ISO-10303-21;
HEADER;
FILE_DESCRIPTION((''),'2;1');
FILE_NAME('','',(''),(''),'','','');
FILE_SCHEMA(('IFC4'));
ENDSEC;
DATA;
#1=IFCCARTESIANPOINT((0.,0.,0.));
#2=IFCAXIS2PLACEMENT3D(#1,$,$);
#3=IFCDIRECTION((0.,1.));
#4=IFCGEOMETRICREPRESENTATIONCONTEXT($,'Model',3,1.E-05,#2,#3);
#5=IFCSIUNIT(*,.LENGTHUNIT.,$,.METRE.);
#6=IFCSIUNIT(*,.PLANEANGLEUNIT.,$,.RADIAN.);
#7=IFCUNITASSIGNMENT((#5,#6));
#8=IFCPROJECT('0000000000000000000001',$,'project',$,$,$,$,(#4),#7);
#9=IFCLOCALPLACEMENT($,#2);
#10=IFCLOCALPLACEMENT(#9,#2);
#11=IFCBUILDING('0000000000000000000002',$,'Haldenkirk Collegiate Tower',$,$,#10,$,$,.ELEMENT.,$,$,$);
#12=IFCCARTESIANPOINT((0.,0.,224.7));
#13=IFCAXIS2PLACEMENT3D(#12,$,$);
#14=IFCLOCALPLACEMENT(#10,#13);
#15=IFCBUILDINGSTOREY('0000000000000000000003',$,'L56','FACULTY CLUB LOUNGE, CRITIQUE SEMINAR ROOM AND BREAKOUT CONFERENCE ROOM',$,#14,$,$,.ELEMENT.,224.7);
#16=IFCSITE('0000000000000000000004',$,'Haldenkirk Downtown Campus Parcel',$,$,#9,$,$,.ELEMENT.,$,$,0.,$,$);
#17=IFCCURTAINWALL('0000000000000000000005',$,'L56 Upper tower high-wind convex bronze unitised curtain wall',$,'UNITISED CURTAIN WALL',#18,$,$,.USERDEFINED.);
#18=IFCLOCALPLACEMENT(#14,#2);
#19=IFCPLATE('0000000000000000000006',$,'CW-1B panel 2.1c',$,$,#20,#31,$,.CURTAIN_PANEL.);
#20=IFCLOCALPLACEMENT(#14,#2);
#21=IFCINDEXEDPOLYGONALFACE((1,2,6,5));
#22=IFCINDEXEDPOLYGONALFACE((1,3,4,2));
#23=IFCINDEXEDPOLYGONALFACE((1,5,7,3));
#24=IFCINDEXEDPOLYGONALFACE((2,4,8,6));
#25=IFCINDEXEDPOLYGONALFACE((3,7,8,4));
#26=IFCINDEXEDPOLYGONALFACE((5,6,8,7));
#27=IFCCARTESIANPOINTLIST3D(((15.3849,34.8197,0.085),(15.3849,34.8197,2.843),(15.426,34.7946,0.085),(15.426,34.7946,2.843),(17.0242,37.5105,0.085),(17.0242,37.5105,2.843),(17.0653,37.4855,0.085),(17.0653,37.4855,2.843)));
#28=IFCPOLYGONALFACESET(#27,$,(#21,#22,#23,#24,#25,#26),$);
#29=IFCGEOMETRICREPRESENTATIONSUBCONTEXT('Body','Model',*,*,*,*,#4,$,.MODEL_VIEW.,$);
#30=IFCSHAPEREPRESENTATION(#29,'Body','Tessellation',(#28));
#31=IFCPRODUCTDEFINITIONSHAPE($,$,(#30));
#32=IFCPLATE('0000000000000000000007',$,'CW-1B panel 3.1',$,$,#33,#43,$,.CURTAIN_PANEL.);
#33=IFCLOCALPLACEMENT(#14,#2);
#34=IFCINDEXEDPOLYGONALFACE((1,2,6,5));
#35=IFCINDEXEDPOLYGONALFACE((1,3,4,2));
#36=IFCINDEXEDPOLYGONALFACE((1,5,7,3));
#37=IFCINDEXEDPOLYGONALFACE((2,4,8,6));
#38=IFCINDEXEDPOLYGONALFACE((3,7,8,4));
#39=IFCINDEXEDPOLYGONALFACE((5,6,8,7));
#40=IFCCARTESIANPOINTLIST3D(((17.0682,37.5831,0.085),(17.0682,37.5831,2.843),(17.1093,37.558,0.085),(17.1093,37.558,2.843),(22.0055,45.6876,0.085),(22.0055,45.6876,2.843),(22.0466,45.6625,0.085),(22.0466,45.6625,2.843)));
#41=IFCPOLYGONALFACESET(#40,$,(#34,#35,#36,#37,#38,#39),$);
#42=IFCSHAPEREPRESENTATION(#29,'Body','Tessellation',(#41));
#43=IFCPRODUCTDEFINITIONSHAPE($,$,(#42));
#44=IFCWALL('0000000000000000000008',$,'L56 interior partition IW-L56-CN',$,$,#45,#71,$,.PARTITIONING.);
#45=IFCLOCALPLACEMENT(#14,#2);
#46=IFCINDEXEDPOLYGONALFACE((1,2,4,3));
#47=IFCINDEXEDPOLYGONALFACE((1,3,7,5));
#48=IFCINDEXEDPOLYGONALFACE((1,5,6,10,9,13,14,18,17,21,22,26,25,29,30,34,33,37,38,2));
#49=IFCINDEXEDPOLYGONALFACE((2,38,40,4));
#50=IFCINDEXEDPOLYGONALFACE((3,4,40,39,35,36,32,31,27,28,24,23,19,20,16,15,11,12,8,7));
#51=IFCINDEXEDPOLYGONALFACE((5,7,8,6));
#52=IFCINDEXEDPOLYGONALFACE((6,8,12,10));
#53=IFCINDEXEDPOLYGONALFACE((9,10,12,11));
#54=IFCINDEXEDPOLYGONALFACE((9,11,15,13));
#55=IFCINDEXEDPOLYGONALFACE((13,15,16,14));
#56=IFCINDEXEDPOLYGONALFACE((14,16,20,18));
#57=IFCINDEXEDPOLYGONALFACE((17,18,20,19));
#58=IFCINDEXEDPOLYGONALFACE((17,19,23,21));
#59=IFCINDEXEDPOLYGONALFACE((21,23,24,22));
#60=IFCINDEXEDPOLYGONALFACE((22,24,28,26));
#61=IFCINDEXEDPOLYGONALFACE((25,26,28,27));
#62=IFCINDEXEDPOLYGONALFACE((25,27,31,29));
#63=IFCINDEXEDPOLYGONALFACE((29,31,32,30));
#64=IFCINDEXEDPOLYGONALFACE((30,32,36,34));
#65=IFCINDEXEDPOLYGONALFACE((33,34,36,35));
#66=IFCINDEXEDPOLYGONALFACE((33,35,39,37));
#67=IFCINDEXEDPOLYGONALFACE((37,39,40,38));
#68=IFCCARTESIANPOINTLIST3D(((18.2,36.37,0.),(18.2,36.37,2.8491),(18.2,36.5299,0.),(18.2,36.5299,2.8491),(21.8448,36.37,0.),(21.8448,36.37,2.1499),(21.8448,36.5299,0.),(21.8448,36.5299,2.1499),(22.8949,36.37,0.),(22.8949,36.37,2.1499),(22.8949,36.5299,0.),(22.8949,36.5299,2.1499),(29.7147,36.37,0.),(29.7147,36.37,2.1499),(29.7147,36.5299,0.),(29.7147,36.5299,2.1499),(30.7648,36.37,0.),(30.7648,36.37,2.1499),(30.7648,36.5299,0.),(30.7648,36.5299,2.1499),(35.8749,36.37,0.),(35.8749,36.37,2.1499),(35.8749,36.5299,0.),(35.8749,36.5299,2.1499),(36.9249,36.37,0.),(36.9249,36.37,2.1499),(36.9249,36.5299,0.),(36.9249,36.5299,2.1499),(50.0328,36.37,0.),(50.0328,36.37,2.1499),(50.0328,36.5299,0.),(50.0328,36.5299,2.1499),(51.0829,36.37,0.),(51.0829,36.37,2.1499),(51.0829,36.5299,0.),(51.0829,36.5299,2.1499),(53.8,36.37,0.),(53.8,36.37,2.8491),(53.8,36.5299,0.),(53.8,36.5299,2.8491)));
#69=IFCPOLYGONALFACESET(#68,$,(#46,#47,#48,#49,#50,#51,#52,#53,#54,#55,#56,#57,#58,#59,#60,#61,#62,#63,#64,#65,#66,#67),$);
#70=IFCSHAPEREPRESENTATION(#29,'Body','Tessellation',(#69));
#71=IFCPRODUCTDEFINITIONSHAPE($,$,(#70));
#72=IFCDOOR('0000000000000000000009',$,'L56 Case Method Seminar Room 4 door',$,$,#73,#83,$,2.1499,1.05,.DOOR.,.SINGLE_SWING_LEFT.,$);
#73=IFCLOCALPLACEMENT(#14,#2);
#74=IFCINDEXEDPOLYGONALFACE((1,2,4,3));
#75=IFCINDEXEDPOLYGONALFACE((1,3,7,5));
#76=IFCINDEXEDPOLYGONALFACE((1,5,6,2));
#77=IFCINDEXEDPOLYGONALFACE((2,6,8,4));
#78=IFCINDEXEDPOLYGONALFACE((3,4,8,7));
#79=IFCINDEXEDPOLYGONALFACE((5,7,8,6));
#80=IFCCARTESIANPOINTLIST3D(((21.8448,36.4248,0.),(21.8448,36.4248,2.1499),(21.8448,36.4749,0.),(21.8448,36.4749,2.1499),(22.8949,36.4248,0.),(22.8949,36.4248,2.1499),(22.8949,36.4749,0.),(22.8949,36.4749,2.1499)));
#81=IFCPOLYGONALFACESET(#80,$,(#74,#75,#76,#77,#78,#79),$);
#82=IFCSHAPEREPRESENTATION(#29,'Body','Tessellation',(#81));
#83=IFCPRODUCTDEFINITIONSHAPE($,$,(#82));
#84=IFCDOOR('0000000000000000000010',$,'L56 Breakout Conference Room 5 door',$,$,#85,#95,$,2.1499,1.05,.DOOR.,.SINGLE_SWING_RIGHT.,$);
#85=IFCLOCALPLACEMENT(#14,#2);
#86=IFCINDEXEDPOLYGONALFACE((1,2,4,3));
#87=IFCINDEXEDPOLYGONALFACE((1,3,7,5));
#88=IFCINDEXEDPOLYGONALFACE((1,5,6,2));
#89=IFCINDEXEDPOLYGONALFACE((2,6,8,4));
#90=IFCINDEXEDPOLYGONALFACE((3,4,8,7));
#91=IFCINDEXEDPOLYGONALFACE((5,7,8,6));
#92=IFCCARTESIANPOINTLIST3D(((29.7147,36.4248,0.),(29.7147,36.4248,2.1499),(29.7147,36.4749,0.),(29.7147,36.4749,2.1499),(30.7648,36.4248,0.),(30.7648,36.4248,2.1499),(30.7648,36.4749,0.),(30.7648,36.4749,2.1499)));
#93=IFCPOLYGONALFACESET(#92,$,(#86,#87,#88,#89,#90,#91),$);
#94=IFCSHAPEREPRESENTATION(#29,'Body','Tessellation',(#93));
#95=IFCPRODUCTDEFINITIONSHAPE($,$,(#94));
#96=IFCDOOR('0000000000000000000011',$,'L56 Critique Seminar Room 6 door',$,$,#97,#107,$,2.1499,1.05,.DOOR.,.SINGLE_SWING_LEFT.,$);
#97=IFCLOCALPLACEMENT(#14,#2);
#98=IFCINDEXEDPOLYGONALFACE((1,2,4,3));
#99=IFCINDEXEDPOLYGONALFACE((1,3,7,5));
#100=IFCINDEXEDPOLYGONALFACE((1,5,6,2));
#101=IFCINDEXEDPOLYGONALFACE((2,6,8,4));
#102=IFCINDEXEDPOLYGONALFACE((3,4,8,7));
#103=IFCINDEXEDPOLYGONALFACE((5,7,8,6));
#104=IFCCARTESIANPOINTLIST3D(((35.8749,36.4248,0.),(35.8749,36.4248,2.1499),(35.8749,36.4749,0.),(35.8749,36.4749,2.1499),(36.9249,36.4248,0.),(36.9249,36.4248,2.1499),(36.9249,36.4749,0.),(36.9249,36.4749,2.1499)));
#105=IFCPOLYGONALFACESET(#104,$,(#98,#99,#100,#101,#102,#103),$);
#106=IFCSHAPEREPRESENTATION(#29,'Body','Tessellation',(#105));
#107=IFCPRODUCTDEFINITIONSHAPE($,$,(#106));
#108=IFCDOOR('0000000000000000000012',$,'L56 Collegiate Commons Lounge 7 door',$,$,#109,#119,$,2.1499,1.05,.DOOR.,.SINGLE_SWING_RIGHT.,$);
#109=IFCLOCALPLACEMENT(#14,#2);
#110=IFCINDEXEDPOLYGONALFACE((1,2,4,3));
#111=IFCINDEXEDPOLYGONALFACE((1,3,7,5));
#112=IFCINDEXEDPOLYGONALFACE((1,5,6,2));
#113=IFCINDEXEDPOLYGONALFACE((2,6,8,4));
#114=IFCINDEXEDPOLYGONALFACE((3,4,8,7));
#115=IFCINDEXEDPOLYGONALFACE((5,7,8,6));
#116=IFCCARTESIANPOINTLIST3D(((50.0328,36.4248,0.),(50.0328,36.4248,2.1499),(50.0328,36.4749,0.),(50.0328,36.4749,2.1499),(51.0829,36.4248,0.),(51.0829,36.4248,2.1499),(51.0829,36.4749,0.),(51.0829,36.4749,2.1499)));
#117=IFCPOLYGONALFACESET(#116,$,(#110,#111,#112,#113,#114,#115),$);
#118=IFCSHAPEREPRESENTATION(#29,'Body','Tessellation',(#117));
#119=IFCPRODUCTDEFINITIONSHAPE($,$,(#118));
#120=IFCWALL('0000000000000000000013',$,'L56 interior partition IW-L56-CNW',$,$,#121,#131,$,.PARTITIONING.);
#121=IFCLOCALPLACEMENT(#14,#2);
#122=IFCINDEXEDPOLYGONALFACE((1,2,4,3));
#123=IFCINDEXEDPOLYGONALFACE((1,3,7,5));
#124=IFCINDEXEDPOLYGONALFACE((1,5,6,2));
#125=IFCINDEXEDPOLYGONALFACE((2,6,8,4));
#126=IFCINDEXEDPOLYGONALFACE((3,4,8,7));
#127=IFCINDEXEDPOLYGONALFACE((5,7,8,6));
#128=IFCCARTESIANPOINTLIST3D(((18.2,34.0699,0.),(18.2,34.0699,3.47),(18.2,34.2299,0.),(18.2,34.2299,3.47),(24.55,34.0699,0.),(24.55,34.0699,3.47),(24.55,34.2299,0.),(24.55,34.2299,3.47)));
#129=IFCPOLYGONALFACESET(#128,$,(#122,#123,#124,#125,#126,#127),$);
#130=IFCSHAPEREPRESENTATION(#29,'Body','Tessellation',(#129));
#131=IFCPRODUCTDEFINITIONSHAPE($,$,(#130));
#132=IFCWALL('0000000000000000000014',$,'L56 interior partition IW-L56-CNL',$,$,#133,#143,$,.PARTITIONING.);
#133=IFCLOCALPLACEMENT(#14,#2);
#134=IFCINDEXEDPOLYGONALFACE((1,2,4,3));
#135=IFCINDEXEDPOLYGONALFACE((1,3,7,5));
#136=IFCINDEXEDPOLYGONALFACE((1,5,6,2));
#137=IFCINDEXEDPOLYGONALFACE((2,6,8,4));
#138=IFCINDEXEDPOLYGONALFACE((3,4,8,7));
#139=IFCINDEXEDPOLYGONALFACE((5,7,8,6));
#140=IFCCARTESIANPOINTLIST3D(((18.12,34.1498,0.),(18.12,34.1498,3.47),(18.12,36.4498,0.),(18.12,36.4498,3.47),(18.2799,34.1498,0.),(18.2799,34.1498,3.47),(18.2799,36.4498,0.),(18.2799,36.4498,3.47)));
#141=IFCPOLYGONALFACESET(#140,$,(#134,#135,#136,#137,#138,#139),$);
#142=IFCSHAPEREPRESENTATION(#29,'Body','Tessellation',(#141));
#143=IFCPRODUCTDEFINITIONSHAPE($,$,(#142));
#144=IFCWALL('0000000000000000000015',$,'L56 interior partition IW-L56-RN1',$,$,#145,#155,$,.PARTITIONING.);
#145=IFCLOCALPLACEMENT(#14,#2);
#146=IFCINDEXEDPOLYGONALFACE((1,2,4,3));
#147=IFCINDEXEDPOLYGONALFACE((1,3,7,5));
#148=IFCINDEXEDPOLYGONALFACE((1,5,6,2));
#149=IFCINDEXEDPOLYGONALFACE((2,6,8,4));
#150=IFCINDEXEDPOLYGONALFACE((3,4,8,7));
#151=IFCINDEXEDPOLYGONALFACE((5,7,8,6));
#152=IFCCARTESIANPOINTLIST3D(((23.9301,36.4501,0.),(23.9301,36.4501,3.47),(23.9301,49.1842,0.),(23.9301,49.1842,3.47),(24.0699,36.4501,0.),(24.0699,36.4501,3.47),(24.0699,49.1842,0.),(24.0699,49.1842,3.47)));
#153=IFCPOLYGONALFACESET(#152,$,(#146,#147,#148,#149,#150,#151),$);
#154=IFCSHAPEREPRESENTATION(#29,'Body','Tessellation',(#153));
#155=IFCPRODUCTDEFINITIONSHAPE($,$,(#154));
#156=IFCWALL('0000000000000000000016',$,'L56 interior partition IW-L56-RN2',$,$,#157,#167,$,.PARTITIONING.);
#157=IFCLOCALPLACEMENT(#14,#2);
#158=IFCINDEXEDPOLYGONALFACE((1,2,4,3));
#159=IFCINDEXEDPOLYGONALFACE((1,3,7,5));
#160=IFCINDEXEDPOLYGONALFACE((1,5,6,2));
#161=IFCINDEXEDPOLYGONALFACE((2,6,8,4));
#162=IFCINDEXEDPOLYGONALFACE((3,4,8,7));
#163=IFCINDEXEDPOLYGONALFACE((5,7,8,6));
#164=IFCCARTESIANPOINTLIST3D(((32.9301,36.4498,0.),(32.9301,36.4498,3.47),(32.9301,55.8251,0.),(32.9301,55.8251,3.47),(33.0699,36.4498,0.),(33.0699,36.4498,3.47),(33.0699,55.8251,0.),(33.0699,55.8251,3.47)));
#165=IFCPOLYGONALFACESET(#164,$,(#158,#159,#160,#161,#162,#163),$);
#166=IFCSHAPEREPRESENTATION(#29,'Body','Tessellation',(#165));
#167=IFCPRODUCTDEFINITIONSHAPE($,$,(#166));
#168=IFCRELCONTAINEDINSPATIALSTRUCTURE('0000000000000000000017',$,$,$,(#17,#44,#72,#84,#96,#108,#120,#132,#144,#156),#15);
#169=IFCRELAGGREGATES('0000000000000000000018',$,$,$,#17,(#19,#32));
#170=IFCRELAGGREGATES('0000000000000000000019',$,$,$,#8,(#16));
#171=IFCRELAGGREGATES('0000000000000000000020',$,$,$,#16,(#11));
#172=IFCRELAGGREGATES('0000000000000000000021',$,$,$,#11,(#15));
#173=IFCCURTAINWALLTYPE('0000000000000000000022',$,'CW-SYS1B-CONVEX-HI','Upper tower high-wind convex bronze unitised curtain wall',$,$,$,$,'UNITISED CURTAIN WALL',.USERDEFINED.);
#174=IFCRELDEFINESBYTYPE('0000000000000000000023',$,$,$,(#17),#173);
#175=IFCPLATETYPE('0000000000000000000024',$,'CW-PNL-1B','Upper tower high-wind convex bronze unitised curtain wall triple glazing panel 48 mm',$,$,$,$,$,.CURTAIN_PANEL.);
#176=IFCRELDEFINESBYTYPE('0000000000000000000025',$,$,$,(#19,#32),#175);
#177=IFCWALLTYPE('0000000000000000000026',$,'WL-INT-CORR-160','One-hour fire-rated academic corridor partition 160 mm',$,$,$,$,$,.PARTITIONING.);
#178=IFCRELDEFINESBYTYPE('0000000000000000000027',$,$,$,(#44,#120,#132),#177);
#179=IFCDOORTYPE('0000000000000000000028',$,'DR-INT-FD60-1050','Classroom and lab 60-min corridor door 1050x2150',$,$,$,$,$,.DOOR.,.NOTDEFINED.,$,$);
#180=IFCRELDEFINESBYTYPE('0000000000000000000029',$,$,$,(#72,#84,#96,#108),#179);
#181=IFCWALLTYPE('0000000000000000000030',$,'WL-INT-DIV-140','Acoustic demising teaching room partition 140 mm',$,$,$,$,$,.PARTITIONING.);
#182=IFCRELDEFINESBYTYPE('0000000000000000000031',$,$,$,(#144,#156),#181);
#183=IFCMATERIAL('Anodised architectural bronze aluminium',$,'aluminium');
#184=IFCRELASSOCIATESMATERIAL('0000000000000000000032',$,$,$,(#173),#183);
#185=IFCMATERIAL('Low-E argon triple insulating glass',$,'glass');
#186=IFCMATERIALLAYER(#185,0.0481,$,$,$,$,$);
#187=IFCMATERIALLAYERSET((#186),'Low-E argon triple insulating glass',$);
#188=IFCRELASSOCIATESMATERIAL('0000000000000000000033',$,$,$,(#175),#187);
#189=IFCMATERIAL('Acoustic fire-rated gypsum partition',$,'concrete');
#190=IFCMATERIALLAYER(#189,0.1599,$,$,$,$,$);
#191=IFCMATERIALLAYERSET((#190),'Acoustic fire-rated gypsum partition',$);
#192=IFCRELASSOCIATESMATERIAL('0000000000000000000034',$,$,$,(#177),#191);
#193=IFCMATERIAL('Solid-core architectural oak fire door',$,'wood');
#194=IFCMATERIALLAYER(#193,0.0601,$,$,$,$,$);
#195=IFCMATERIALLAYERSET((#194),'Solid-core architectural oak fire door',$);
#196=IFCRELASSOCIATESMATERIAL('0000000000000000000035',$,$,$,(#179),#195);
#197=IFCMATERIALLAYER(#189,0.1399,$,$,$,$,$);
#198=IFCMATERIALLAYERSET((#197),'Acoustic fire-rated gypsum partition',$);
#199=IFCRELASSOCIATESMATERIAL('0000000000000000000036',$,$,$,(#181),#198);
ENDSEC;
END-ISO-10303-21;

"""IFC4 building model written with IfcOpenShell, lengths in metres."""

from ifc_helpers import new_model, si_unit, direction, frame, frame_2d, origin, origin_2d, place, context, subcontext, project, spatial, rectangle, extrude, source, transform, mapped, material, layer, layer_set, type_object, element, fill, aggregate, save


model = new_model("IFC4")

# Units and contexts
model_context = context("Model", 3, precision=1e-05, world=origin(), true_north=direction((0.0, 1.0)))
body_context = subcontext(model_context, "Body", "Model", "MODEL_VIEW")
ifc_project = project(units=[si_unit("LENGTHUNIT", "METRE"), si_unit("PLANEANGLEUNIT", "RADIAN")], contexts=[model_context])

# Site, building, storey
site_placement = place(None, origin())
site = spatial("IfcSite", under=ifc_project, at=site_placement, Name="Haldenkirk Downtown Campus Parcel", CompositionType="ELEMENT", RefElevation=0.0)
building_placement = place(site_placement, origin())
building = spatial("IfcBuilding", under=site, at=building_placement, Name="Haldenkirk Collegiate Tower", CompositionType="ELEMENT")
storey_placement = place(building_placement, frame((0.0, 0.0, 224.7)))
storey = spatial("IfcBuildingStorey", under=building, at=storey_placement, Name="L56", Description="FACULTY CLUB LOUNGE, CRITIQUE SEMINAR ROOM AND BREAKOUT CONFERENCE ROOM", CompositionType="ELEMENT", Elevation=224.7)

# Curtain wall, plates
ifc_material_1 = material(Name="Anodised architectural bronze aluminium", Category="aluminium")
curtain_wall_type = type_object("IfcCurtainWallType", Name="CW-SYS1B-CONVEX-HI", Description="Upper tower high-wind convex bronze unitised curtain wall", ElementType="UNITISED CURTAIN WALL", PredefinedType="USERDEFINED", material=ifc_material_1)
curtain_wall_placement = place(storey_placement, origin())
curtain_wall = element("IfcCurtainWall", 1, at=curtain_wall_placement, inside=storey, type_object=curtain_wall_type, Name="L56 Upper tower high-wind convex bronze unitised curtain wall", ObjectType="UNITISED CURTAIN WALL", PredefinedType="USERDEFINED")
ifc_material_2 = material(Name="Low-E argon triple insulating glass", Category="glass")
ifc_layer_1 = layer(ifc_material_2, 0.0481)
ifc_layer_set_1 = layer_set([ifc_layer_1], Name="Low-E argon triple insulating glass")
plate_type = type_object("IfcPlateType", Name="CW-PNL-1B", Description="Upper tower high-wind convex bronze unitised curtain wall triple glazing panel 48 mm", PredefinedType="CURTAIN_PANEL", material=ifc_layer_set_1)
shared_shape_1 = source(origin(), body_context, "Body", "SweptSolid", [
    extrude(rectangle(XDim=3.1509, YDim=0.0481, at=origin_2d()), origin(), (0.0, 0.0, 1.0), 2.7581),
])
plate_1_placement = place(storey_placement, frame((16.2251, 36.1526, 0.085), z_axis=(0.0, 0.0, 1.0), x_axis=(0.520266, 0.854004, 0.0)))
plate_1 = element("IfcPlate", 2, at=plate_1_placement, type_object=plate_type, Name="CW-1B panel 2.1c", PredefinedType="CURTAIN_PANEL", context=body_context, shape_type="MappedRepresentation", body=[
    mapped(shared_shape_1, transform((0.0, 0.0, 0.0), x_axis=(1.0, 0.0, 0.0), y_axis=(0.0, 1.0, 0.0), z_axis=(0.0, 0.0, 1.0), scale=1.0)),
])
shared_shape_2 = source(origin(), body_context, "Body", "SweptSolid", [
    extrude(rectangle(XDim=9.49, YDim=0.0481, at=origin_2d()), origin(), (0.0, 0.0, 1.0), 2.7581),
])
plate_2_placement = place(storey_placement, frame((19.5574, 41.6228, 0.085), z_axis=(0.0, 0.0, 1.0), x_axis=(0.520266, 0.854004, 0.0)))
plate_2 = element("IfcPlate", 3, at=plate_2_placement, type_object=plate_type, Name="CW-1B panel 3.1", PredefinedType="CURTAIN_PANEL", context=body_context, shape_type="MappedRepresentation", body=[
    mapped(shared_shape_2, transform((0.0, 0.0, 0.0), x_axis=(1.0, 0.0, 0.0), y_axis=(0.0, 1.0, 0.0), z_axis=(0.0, 0.0, 1.0), scale=1.0)),
])
aggregate(curtain_wall, [plate_1, plate_2])

# Wall, openings, doors
ifc_material_3 = material(Name="Acoustic fire-rated gypsum partition", Category="concrete")
ifc_layer_2 = layer(ifc_material_3, 0.1599)
ifc_layer_set_2 = layer_set([ifc_layer_2], Name="Acoustic fire-rated gypsum partition")
wall_type_1 = type_object("IfcWallType", Name="WL-INT-CORR-160", Description="One-hour fire-rated academic corridor partition 160 mm", PredefinedType="PARTITIONING", material=ifc_layer_set_2)
wall_1_placement = place(storey_placement, frame((18.2, 36.45, 0.0), z_axis=(0.0, 0.0, 1.0), x_axis=(1.0, 0.0, 0.0)))
wall_1 = element("IfcWall", 4, at=wall_1_placement, inside=storey, type_object=wall_type_1, Name="L56 interior partition IW-L56-CN", PredefinedType="PARTITIONING", context=body_context, shape_type="SweptSolid", body=[
    extrude(rectangle(XDim=35.6001, YDim=0.1599, at=frame_2d((17.8, 0.0))), origin(), (0.0, 0.0, 1.0), 2.8491),
])
opening_1_placement = place(wall_1_placement, frame((3.645, 0.0, 0.0)))
opening_1 = element("IfcOpeningElement", 5, at=opening_1_placement, cuts=wall_1, PredefinedType="OPENING", context=body_context, shape_type="SweptSolid", body=[
    extrude(rectangle(XDim=1.05, YDim=2.1499, at=frame_2d((0.5249, 1.075))), frame((0.0, 0.0898, 0.0), z_axis=(0.0, -1.0, 0.0), x_axis=(1.0, 0.0, 0.0)), (0.0, 0.0, 1.0), 0.1799),
])
opening_2_placement = place(wall_1_placement, frame((11.5149, 0.0, 0.0)))
opening_2 = element("IfcOpeningElement", 6, at=opening_2_placement, cuts=wall_1, PredefinedType="OPENING", context=body_context, shape_type="SweptSolid", body=[
    extrude(rectangle(XDim=1.05, YDim=2.1499, at=frame_2d((0.5249, 1.075))), frame((0.0, 0.0898, 0.0), z_axis=(0.0, -1.0, 0.0), x_axis=(1.0, 0.0, 0.0)), (0.0, 0.0, 1.0), 0.1799),
])
opening_3_placement = place(wall_1_placement, frame((17.675, 0.0, 0.0)))
opening_3 = element("IfcOpeningElement", 7, at=opening_3_placement, cuts=wall_1, PredefinedType="OPENING", context=body_context, shape_type="SweptSolid", body=[
    extrude(rectangle(XDim=1.05, YDim=2.1499, at=frame_2d((0.5249, 1.075))), frame((0.0, 0.0898, 0.0), z_axis=(0.0, -1.0, 0.0), x_axis=(1.0, 0.0, 0.0)), (0.0, 0.0, 1.0), 0.1799),
])
opening_4_placement = place(wall_1_placement, frame((31.833, 0.0, 0.0)))
opening_4 = element("IfcOpeningElement", 8, at=opening_4_placement, cuts=wall_1, PredefinedType="OPENING", context=body_context, shape_type="SweptSolid", body=[
    extrude(rectangle(XDim=1.05, YDim=2.1499, at=frame_2d((0.5249, 1.075))), frame((0.0, 0.0898, 0.0), z_axis=(0.0, -1.0, 0.0), x_axis=(1.0, 0.0, 0.0)), (0.0, 0.0, 1.0), 0.1799),
])
ifc_material_4 = material(Name="Solid-core architectural oak fire door", Category="wood")
ifc_layer_3 = layer(ifc_material_4, 0.0601)
ifc_layer_set_3 = layer_set([ifc_layer_3], Name="Solid-core architectural oak fire door")
door_type = type_object("IfcDoorType", Name="DR-INT-FD60-1050", Description="Classroom and lab 60-min corridor door 1050x2150", OperationType="NOTDEFINED", PredefinedType="DOOR", material=ifc_layer_set_3)
door_1_placement = place(opening_1_placement, origin())
door_1 = element("IfcDoor", 9, at=door_1_placement, inside=storey, type_object=door_type, Name="L56 Case Method Seminar Room 4 door", OperationType="SINGLE_SWING_LEFT", OverallHeight=2.1499, OverallWidth=1.05, PredefinedType="DOOR", context=body_context, shape_type="SweptSolid", body=[
    extrude(rectangle(XDim=1.05, YDim=2.1499, at=frame_2d((0.5249, 1.075))), frame((0.0, 0.0249, 0.0), z_axis=(0.0, -1.0, 0.0), x_axis=(1.0, 0.0, 0.0)), (0.0, 0.0, 1.0), 0.05),
])
fill(opening_1, door_1)
door_2_placement = place(opening_2_placement, origin())
door_2 = element("IfcDoor", 10, at=door_2_placement, inside=storey, type_object=door_type, Name="L56 Breakout Conference Room 5 door", OperationType="SINGLE_SWING_RIGHT", OverallHeight=2.1499, OverallWidth=1.05, PredefinedType="DOOR", context=body_context, shape_type="SweptSolid", body=[
    extrude(rectangle(XDim=1.05, YDim=2.1499, at=frame_2d((0.5249, 1.075))), frame((0.0, 0.0249, 0.0), z_axis=(0.0, -1.0, 0.0), x_axis=(1.0, 0.0, 0.0)), (0.0, 0.0, 1.0), 0.05),
])
fill(opening_2, door_2)
door_3_placement = place(opening_3_placement, origin())
door_3 = element("IfcDoor", 11, at=door_3_placement, inside=storey, type_object=door_type, Name="L56 Critique Seminar Room 6 door", OperationType="SINGLE_SWING_LEFT", OverallHeight=2.1499, OverallWidth=1.05, PredefinedType="DOOR", context=body_context, shape_type="SweptSolid", body=[
    extrude(rectangle(XDim=1.05, YDim=2.1499, at=frame_2d((0.5249, 1.075))), frame((0.0, 0.0249, 0.0), z_axis=(0.0, -1.0, 0.0), x_axis=(1.0, 0.0, 0.0)), (0.0, 0.0, 1.0), 0.05),
])
fill(opening_3, door_3)
door_4_placement = place(opening_4_placement, origin())
door_4 = element("IfcDoor", 12, at=door_4_placement, inside=storey, type_object=door_type, Name="L56 Collegiate Commons Lounge 7 door", OperationType="SINGLE_SWING_RIGHT", OverallHeight=2.1499, OverallWidth=1.05, PredefinedType="DOOR", context=body_context, shape_type="SweptSolid", body=[
    extrude(rectangle(XDim=1.05, YDim=2.1499, at=frame_2d((0.5249, 1.075))), frame((0.0, 0.0249, 0.0), z_axis=(0.0, -1.0, 0.0), x_axis=(1.0, 0.0, 0.0)), (0.0, 0.0, 1.0), 0.05),
])
fill(opening_4, door_4)

# Walls
wall_2_placement = place(storey_placement, frame((18.2, 34.1499, 0.0), z_axis=(0.0, 0.0, 1.0), x_axis=(1.0, 0.0, 0.0)))
element("IfcWall", 13, at=wall_2_placement, inside=storey, type_object=wall_type_1, Name="L56 interior partition IW-L56-CNW", PredefinedType="PARTITIONING", context=body_context, shape_type="SweptSolid", body=[
    extrude(rectangle(XDim=6.3501, YDim=0.1599, at=frame_2d((3.175, 0.0))), origin(), (0.0, 0.0, 1.0), 3.47),
])
wall_3_placement = place(storey_placement, frame((18.2, 34.1499, 0.0), z_axis=(0.0, 0.0, 1.0), x_axis=(0.0, 1.0, 0.0)))
element("IfcWall", 14, at=wall_3_placement, inside=storey, type_object=wall_type_1, Name="L56 interior partition IW-L56-CNL", PredefinedType="PARTITIONING", context=body_context, shape_type="SweptSolid", body=[
    extrude(rectangle(XDim=2.3, YDim=0.1599, at=frame_2d((1.1499, 0.0))), origin(), (0.0, 0.0, 1.0), 3.47),
])
ifc_layer_4 = layer(ifc_material_3, 0.1399)
ifc_layer_set_4 = layer_set([ifc_layer_4], Name="Acoustic fire-rated gypsum partition")
wall_type_2 = type_object("IfcWallType", Name="WL-INT-DIV-140", Description="Acoustic demising teaching room partition 140 mm", PredefinedType="PARTITIONING", material=ifc_layer_set_4)
wall_4_placement = place(storey_placement, frame((24.0, 36.45, 0.0), z_axis=(0.0, 0.0, 1.0), x_axis=(0.0, 1.0, 0.0)))
element("IfcWall", 15, at=wall_4_placement, inside=storey, type_object=wall_type_2, Name="L56 interior partition IW-L56-RN1", PredefinedType="PARTITIONING", context=body_context, shape_type="SweptSolid", body=[
    extrude(rectangle(XDim=12.7341, YDim=0.1399, at=frame_2d((6.3672, 0.0))), origin(), (0.0, 0.0, 1.0), 3.47),
])
wall_5_placement = place(storey_placement, frame((33.0, 36.45, 0.0), z_axis=(0.0, 0.0, 1.0), x_axis=(0.0, 1.0, 0.0)))
element("IfcWall", 16, at=wall_5_placement, inside=storey, type_object=wall_type_2, Name="L56 interior partition IW-L56-RN2", PredefinedType="PARTITIONING", context=body_context, shape_type="SweptSolid", body=[
    extrude(rectangle(XDim=19.3752, YDim=0.1399, at=frame_2d((9.6875, 0.0))), origin(), (0.0, 0.0, 1.0), 3.47),
])

save(model, "model.ifc")
